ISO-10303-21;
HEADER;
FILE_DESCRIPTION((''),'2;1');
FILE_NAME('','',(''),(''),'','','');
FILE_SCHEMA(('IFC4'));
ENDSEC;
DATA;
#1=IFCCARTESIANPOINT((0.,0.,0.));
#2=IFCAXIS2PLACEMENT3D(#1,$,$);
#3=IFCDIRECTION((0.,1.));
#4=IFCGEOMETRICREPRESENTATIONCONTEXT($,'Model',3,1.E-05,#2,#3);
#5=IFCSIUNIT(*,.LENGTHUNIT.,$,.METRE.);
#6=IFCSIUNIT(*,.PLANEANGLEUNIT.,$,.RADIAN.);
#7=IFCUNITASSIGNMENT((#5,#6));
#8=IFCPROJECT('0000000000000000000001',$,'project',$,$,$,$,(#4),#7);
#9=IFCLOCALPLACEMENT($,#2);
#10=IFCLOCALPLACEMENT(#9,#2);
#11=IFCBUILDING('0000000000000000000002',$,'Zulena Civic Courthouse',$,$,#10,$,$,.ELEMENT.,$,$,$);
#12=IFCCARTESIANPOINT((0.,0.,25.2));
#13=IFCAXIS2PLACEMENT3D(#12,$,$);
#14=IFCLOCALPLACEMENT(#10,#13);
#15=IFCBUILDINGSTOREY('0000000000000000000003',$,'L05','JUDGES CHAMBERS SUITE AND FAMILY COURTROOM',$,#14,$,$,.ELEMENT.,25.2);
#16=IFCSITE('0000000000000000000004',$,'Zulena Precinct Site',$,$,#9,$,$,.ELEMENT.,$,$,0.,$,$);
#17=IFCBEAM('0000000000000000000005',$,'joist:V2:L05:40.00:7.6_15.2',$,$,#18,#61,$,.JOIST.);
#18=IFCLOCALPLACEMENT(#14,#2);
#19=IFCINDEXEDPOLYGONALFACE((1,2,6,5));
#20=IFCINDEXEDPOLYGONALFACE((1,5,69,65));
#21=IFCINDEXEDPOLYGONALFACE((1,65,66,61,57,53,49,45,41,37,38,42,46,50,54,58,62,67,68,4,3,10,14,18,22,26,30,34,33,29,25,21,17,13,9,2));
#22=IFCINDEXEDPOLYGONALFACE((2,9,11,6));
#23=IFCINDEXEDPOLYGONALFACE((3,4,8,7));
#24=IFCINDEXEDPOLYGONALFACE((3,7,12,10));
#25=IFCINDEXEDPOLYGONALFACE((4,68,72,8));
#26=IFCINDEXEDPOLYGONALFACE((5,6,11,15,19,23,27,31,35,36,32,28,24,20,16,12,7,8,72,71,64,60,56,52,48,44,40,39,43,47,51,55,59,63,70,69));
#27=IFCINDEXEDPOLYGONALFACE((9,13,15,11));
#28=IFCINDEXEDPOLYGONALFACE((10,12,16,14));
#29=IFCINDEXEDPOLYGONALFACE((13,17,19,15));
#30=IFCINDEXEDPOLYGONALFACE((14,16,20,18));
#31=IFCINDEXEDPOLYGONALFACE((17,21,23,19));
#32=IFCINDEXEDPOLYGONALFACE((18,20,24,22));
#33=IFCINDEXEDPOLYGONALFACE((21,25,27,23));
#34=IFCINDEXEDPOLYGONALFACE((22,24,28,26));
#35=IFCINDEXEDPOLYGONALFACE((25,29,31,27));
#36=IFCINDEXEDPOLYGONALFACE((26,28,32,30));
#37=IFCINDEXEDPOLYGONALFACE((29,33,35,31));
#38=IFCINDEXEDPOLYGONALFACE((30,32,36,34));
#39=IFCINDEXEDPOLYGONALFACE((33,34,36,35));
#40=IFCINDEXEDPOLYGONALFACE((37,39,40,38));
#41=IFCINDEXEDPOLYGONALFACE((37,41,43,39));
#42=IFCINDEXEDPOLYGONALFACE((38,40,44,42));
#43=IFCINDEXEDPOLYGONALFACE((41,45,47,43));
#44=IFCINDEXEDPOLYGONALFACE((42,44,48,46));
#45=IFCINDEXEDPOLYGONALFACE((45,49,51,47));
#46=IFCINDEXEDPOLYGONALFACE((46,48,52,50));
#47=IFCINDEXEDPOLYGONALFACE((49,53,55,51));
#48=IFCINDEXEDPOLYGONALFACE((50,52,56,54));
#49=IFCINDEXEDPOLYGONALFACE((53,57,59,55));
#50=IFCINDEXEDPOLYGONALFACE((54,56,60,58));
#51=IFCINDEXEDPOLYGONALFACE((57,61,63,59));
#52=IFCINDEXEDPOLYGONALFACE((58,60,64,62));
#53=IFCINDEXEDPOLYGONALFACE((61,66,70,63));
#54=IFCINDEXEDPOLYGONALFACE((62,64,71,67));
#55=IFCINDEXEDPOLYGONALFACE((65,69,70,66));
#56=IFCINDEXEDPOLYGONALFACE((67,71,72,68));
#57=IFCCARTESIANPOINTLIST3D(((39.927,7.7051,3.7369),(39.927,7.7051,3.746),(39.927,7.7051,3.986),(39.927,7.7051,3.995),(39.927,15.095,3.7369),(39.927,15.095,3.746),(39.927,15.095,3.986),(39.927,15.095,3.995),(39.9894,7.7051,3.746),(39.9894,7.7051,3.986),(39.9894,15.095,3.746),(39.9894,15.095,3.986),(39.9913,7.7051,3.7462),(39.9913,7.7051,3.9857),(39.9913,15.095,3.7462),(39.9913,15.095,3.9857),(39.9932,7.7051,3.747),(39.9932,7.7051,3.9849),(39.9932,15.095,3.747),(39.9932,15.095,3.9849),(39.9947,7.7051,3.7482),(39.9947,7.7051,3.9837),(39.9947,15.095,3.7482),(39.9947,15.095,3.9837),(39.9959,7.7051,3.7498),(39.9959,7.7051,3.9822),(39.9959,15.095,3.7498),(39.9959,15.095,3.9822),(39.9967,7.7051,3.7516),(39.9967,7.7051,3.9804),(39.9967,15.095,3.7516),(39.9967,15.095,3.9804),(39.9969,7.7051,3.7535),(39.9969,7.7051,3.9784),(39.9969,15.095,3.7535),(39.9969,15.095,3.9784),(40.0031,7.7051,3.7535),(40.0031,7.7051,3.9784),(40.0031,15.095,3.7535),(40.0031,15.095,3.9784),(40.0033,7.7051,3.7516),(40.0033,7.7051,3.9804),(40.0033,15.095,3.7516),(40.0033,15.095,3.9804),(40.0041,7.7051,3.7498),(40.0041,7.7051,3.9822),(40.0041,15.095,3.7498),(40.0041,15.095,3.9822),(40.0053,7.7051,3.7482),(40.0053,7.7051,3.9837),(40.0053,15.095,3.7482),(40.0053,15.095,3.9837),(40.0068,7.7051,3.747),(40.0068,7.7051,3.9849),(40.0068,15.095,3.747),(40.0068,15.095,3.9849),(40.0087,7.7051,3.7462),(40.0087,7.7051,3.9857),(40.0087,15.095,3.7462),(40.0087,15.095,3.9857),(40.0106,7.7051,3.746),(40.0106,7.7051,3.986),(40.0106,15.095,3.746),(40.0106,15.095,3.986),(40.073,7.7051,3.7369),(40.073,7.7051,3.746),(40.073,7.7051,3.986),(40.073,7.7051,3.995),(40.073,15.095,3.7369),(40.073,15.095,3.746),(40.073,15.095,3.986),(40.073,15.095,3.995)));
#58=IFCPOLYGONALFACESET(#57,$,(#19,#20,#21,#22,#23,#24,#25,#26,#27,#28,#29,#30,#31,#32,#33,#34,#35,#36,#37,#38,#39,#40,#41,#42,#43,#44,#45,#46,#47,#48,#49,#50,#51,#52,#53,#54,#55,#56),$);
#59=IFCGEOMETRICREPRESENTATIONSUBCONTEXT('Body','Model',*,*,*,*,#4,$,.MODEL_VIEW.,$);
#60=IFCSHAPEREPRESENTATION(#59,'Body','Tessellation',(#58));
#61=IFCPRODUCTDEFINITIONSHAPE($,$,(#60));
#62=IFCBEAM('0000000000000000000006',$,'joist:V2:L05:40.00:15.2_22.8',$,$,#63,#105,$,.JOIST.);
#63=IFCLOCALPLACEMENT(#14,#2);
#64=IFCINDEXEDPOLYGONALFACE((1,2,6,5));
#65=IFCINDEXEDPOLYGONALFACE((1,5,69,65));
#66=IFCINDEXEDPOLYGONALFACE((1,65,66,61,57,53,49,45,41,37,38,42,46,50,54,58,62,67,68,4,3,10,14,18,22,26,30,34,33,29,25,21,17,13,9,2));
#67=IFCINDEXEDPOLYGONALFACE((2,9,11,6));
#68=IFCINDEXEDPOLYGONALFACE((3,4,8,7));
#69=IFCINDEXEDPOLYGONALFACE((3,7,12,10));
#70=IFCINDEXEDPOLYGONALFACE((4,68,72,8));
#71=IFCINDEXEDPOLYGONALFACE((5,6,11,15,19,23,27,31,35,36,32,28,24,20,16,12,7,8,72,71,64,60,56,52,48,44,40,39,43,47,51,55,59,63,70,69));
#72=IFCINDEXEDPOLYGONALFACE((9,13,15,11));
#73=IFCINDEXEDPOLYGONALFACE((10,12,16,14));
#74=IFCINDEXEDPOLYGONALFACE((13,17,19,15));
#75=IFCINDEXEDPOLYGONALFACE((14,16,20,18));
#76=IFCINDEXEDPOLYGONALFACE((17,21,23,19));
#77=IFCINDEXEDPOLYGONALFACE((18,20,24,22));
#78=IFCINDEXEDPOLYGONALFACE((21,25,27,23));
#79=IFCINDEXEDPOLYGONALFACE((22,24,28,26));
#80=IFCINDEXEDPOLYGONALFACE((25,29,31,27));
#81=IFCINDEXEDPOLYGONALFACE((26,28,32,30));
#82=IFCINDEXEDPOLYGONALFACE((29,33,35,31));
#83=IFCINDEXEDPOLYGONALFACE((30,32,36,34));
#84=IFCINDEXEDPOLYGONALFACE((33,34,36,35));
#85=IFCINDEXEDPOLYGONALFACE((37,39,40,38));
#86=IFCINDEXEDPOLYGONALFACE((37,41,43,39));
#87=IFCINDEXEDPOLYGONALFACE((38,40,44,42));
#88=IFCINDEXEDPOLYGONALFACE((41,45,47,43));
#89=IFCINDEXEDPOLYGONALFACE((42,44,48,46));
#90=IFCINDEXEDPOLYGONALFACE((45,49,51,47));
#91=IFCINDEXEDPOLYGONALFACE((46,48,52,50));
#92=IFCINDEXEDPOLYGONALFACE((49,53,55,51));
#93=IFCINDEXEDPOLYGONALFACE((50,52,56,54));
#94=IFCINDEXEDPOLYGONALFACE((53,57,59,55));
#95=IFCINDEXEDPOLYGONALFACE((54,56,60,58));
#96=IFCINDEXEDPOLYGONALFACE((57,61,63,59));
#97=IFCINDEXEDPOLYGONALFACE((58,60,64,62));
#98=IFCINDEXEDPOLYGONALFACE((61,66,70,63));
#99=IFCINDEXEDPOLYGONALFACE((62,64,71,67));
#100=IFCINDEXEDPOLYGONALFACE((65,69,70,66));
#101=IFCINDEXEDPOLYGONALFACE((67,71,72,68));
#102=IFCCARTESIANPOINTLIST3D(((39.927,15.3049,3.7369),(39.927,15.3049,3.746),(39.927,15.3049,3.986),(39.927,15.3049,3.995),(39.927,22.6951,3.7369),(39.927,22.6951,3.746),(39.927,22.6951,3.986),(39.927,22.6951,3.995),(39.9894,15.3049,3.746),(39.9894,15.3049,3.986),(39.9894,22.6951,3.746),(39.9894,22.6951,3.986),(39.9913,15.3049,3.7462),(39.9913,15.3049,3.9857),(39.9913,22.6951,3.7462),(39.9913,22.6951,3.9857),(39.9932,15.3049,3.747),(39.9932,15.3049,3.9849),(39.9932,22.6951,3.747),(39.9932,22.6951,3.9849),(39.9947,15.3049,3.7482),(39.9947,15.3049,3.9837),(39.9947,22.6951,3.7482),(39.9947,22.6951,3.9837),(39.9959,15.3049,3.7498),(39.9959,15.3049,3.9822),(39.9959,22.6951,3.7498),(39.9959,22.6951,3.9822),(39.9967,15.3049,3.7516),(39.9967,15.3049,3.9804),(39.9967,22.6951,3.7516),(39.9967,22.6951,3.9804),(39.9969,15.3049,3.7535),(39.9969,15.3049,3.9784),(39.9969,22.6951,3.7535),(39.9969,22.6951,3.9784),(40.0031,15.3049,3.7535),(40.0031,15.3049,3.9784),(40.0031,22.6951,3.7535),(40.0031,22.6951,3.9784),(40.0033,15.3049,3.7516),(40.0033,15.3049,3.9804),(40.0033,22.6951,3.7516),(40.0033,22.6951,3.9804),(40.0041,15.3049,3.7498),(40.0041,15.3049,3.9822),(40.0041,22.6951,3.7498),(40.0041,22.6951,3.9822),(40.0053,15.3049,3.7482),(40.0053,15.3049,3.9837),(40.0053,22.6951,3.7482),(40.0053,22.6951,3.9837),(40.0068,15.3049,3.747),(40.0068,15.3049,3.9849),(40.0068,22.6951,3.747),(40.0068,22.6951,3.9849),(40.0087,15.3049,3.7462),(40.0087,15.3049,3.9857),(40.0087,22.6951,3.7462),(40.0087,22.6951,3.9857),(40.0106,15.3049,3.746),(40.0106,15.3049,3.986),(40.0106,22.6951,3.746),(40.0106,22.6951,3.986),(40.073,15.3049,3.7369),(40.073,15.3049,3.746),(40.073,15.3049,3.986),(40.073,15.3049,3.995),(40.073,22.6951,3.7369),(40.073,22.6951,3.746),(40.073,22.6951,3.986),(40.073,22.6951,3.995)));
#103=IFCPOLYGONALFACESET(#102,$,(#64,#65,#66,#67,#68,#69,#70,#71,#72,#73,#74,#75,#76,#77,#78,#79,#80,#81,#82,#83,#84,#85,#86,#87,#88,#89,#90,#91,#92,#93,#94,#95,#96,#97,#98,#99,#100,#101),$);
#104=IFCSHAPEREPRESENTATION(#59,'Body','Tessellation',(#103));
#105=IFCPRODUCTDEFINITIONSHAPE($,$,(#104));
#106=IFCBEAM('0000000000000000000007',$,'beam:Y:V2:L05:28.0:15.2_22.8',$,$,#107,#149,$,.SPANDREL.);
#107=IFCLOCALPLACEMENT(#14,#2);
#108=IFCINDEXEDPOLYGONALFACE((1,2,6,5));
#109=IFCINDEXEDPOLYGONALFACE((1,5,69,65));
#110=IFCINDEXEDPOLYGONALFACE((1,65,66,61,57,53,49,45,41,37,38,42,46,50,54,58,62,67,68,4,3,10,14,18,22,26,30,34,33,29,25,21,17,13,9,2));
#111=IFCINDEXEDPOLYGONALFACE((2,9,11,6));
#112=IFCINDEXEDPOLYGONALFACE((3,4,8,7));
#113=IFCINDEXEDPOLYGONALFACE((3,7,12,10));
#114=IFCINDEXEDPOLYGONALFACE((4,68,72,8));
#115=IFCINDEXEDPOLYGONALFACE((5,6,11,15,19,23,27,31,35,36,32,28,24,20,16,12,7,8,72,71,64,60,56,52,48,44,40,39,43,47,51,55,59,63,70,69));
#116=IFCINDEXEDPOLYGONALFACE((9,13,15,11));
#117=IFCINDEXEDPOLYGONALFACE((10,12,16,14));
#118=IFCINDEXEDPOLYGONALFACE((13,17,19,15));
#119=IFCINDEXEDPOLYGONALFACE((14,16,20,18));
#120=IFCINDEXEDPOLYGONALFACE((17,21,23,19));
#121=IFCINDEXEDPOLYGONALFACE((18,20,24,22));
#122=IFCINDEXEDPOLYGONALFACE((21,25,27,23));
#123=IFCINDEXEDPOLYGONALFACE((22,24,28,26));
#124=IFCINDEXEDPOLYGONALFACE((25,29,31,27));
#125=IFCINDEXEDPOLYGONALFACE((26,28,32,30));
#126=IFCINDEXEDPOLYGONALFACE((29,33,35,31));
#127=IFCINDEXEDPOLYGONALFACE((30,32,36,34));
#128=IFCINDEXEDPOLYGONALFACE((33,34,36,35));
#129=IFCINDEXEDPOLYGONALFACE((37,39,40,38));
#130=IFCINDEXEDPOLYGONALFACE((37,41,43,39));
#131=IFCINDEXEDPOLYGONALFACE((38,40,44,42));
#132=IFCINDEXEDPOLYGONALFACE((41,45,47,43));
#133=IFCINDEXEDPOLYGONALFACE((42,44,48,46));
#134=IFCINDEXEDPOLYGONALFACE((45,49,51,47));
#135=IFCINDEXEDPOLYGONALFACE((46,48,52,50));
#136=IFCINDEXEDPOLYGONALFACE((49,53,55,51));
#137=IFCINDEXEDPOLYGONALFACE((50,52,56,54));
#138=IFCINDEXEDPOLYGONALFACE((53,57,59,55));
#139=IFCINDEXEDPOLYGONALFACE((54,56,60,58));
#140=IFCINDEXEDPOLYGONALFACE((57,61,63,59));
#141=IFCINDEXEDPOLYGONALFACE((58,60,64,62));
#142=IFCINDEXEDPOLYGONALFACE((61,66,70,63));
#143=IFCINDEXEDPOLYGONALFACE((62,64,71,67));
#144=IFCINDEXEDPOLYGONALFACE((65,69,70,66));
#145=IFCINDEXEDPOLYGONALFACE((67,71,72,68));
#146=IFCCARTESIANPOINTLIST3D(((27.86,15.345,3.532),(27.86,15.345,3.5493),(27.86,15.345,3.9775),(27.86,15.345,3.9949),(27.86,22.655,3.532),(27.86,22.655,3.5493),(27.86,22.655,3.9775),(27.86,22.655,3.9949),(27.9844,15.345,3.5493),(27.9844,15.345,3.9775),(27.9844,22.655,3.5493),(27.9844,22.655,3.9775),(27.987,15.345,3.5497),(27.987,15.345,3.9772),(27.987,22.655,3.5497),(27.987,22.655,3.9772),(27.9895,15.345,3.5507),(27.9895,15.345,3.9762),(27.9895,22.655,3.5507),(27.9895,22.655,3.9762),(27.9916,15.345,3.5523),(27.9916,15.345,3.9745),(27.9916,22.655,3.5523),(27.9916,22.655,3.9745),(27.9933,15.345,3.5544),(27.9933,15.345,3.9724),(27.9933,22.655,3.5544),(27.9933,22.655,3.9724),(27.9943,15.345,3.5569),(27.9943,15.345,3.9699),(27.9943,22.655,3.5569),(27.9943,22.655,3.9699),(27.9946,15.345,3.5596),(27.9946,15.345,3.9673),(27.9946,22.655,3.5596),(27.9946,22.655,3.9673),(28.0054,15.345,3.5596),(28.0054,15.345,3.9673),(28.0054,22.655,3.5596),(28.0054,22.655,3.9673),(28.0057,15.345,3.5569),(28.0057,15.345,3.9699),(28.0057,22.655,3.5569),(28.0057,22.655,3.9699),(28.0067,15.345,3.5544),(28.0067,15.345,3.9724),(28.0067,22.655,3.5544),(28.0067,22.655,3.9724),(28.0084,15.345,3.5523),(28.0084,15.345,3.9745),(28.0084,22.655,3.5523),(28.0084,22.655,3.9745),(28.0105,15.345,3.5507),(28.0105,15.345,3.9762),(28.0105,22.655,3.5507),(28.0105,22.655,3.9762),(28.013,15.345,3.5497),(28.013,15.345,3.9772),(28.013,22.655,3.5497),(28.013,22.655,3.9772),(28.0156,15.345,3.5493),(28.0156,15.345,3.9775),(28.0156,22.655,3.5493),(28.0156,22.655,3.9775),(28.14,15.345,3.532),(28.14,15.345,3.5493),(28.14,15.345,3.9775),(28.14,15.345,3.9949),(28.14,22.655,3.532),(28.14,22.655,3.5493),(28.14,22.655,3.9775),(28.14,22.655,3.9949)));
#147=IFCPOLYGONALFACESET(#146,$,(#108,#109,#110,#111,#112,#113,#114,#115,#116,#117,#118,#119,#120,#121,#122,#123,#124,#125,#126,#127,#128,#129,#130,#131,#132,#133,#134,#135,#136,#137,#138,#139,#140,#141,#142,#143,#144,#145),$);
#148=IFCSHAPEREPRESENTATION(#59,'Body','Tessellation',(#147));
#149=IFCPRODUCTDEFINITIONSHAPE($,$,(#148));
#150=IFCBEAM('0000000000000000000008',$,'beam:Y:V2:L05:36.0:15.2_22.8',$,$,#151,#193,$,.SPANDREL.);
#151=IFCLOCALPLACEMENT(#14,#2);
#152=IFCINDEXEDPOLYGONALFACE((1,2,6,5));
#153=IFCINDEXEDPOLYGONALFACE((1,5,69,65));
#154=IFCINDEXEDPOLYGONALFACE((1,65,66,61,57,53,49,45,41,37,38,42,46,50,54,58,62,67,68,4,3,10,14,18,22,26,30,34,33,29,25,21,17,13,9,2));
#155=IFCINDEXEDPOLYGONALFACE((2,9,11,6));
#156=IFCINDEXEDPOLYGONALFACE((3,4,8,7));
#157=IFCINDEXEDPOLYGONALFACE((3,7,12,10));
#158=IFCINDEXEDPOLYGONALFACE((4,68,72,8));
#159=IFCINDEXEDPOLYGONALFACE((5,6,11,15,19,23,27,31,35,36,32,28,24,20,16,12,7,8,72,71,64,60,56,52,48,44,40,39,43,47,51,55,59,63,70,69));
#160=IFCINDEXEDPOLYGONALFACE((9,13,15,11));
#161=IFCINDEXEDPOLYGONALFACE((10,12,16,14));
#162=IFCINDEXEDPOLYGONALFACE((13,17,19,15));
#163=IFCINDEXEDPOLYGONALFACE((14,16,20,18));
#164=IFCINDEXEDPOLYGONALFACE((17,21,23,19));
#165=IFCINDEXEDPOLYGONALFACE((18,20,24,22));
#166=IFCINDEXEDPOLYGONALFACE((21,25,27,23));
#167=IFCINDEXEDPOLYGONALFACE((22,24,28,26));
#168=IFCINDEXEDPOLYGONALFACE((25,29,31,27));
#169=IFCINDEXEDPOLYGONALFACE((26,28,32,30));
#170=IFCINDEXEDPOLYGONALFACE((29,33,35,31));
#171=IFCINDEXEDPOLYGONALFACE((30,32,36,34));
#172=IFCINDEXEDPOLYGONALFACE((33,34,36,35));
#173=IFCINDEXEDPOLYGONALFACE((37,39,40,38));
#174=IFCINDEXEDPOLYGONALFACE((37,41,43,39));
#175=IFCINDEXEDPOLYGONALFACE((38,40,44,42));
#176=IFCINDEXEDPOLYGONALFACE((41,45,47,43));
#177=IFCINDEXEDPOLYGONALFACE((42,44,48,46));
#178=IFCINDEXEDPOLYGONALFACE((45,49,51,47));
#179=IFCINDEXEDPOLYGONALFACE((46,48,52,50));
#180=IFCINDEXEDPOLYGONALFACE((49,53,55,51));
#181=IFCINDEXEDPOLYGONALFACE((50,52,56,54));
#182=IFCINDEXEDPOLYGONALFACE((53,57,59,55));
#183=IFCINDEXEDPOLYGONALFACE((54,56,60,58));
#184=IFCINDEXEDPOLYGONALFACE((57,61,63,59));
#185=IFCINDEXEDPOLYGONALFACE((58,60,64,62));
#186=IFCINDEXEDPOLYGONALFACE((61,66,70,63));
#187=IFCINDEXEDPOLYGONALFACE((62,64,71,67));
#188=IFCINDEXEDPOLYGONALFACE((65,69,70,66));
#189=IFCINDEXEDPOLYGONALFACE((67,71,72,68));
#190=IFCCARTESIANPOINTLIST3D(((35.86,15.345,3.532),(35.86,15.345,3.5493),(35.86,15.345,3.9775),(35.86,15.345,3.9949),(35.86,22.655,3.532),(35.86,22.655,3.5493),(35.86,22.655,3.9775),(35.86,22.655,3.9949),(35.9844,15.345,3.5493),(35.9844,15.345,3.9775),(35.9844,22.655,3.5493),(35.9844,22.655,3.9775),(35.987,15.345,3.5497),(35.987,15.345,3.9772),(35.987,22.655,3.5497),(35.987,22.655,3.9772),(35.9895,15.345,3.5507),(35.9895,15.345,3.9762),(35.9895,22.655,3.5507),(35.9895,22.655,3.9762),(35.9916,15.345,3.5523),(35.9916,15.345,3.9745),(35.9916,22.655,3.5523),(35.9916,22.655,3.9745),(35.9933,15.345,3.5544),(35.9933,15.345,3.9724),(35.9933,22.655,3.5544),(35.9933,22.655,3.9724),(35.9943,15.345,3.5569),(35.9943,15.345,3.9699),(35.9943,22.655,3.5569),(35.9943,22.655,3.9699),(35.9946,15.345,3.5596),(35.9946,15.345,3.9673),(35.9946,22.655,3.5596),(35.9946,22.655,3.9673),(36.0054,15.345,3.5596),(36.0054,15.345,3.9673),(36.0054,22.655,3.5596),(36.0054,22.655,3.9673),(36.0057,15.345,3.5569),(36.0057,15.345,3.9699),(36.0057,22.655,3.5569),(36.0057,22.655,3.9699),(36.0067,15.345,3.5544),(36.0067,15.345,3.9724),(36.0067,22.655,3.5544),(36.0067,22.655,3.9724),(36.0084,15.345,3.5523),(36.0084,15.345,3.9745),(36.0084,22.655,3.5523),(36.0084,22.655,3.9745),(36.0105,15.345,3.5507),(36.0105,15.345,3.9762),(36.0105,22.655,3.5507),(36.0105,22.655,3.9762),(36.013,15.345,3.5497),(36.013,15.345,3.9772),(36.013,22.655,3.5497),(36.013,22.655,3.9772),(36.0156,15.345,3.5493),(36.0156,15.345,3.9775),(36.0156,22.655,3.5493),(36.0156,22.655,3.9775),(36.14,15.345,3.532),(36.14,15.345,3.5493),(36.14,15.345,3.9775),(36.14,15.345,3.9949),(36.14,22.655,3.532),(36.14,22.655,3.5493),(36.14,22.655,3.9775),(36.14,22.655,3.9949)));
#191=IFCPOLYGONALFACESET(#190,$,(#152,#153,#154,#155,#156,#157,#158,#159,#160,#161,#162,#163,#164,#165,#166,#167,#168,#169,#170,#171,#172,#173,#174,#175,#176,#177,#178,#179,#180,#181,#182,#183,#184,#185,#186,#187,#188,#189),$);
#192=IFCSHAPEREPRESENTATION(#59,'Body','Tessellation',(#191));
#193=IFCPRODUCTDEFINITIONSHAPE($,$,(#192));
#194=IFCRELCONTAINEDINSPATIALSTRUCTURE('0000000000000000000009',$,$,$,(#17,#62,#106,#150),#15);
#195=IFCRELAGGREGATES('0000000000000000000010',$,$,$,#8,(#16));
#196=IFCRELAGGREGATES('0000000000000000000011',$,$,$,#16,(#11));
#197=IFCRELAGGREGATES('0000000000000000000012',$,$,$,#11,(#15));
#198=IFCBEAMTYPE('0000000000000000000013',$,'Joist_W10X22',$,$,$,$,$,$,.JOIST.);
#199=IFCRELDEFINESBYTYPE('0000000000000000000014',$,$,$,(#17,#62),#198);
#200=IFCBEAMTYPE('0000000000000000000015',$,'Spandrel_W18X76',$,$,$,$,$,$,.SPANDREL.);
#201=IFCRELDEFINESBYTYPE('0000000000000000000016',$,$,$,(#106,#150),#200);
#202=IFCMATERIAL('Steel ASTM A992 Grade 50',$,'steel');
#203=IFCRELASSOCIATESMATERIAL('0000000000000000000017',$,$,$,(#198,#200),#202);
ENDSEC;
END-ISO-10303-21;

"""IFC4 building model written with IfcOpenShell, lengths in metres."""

from ifc_helpers import new_model, si_unit, direction, frame, origin, origin_2d, place, context, subcontext, project, spatial, i_section, extrude, material, material_profile, profile_set, type_object, element, save


model = new_model("IFC4")

# Units and contexts
model_context = context("Model", 3, precision=1e-05, world=origin(), true_north=direction((0.0, 1.0)))
body_context = subcontext(model_context, "Body", "Model", "MODEL_VIEW")
ifc_project = project(units=[si_unit("LENGTHUNIT", "METRE"), si_unit("PLANEANGLEUNIT", "RADIAN")], contexts=[model_context])

# Site, building, storey
site_placement = place(None, origin())
site = spatial("IfcSite", under=ifc_project, at=site_placement, Name="Zulena Precinct Site", CompositionType="ELEMENT", RefElevation=0.0)
building_placement = place(site_placement, origin())
building = spatial("IfcBuilding", under=site, at=building_placement, Name="Zulena Civic Courthouse", CompositionType="ELEMENT")
storey_placement = place(building_placement, frame((0.0, 0.0, 25.2)))
storey = spatial("IfcBuildingStorey", under=building, at=storey_placement, Name="L05", Description="JUDGES CHAMBERS SUITE AND FAMILY COURTROOM", CompositionType="ELEMENT", Elevation=25.2)

# Shared definitions
ifc_material_1 = material(Name="Steel ASTM A992 Grade 50", Category="steel")

# Beams
ifc_material_profile_1 = material_profile(ifc_material_1, i_section(OverallWidth=0.146, OverallDepth=0.2581, WebThickness=0.0061, FlangeThickness=0.009, FilletRadius=0.0076, at=origin_2d()), Name="W10X22")
ifc_profile_set_1 = profile_set([ifc_material_profile_1], Name="Steel ASTM A992 Grade 50")
beam_type_1 = type_object("IfcBeamType", Name="Joist_W10X22", PredefinedType="JOIST", material=ifc_profile_set_1)
beam_1_placement = place(storey_placement, frame((40.0, 7.7051, 3.866), z_axis=(0.0, 1.0, 0.0), x_axis=(-1.0, 0.0, 0.0)))
element("IfcBeam", 1, at=beam_1_placement, inside=storey, type_object=beam_type_1, Name="joist:V2:L05:40.00:7.6_15.2", PredefinedType="JOIST", context=body_context, shape_type="SweptSolid", body=[
    extrude(i_section(OverallWidth=0.146, OverallDepth=0.2581, WebThickness=0.0061, FlangeThickness=0.009, FilletRadius=0.0076, at=origin_2d()), origin(), (0.0, 0.0, 1.0), 7.3899),
])
beam_2_placement = place(storey_placement, frame((40.0, 15.3049, 3.866), z_axis=(0.0, 1.0, 0.0), x_axis=(-1.0, 0.0, 0.0)))
element("IfcBeam", 2, at=beam_2_placement, inside=storey, type_object=beam_type_1, Name="joist:V2:L05:40.00:15.2_22.8", PredefinedType="JOIST", context=body_context, shape_type="SweptSolid", body=[
    extrude(i_section(OverallWidth=0.146, OverallDepth=0.2581, WebThickness=0.0061, FlangeThickness=0.009, FilletRadius=0.0076, at=origin_2d()), origin(), (0.0, 0.0, 1.0), 7.3901),
])
ifc_material_profile_2 = material_profile(ifc_material_1, i_section(OverallWidth=0.28, OverallDepth=0.4629, WebThickness=0.0107, FlangeThickness=0.0173, FilletRadius=0.0103, at=origin_2d()), Name="W18X76")
ifc_profile_set_2 = profile_set([ifc_material_profile_2], Name="Steel ASTM A992 Grade 50")
beam_type_2 = type_object("IfcBeamType", Name="Spandrel_W18X76", PredefinedType="SPANDREL", material=ifc_profile_set_2)
for number, where, z_axis, x_axis, name in (
    (3, (28.0, 15.345, 3.7634), (0.0, 1.0, 0.0), (-1.0, 0.0, 0.0), "beam:Y:V2:L05:28.0:15.2_22.8"),
    (4, (36.0, 15.345, 3.7634), (0.0, 1.0, 0.0), (-1.0, 0.0, 0.0), "beam:Y:V2:L05:36.0:15.2_22.8"),
):
    element("IfcBeam", number, at=place(storey_placement, frame(where, z_axis=z_axis, x_axis=x_axis)), inside=storey, type_object=beam_type_2, Name=name, PredefinedType="SPANDREL", context=body_context, shape_type="SweptSolid", body=[
        extrude(i_section(OverallWidth=0.28, OverallDepth=0.4629, WebThickness=0.0107, FlangeThickness=0.0173, FilletRadius=0.0103, at=origin_2d()), origin(), (0.0, 0.0, 1.0), 7.3101),
    ])

save(model, "model.ifc")
